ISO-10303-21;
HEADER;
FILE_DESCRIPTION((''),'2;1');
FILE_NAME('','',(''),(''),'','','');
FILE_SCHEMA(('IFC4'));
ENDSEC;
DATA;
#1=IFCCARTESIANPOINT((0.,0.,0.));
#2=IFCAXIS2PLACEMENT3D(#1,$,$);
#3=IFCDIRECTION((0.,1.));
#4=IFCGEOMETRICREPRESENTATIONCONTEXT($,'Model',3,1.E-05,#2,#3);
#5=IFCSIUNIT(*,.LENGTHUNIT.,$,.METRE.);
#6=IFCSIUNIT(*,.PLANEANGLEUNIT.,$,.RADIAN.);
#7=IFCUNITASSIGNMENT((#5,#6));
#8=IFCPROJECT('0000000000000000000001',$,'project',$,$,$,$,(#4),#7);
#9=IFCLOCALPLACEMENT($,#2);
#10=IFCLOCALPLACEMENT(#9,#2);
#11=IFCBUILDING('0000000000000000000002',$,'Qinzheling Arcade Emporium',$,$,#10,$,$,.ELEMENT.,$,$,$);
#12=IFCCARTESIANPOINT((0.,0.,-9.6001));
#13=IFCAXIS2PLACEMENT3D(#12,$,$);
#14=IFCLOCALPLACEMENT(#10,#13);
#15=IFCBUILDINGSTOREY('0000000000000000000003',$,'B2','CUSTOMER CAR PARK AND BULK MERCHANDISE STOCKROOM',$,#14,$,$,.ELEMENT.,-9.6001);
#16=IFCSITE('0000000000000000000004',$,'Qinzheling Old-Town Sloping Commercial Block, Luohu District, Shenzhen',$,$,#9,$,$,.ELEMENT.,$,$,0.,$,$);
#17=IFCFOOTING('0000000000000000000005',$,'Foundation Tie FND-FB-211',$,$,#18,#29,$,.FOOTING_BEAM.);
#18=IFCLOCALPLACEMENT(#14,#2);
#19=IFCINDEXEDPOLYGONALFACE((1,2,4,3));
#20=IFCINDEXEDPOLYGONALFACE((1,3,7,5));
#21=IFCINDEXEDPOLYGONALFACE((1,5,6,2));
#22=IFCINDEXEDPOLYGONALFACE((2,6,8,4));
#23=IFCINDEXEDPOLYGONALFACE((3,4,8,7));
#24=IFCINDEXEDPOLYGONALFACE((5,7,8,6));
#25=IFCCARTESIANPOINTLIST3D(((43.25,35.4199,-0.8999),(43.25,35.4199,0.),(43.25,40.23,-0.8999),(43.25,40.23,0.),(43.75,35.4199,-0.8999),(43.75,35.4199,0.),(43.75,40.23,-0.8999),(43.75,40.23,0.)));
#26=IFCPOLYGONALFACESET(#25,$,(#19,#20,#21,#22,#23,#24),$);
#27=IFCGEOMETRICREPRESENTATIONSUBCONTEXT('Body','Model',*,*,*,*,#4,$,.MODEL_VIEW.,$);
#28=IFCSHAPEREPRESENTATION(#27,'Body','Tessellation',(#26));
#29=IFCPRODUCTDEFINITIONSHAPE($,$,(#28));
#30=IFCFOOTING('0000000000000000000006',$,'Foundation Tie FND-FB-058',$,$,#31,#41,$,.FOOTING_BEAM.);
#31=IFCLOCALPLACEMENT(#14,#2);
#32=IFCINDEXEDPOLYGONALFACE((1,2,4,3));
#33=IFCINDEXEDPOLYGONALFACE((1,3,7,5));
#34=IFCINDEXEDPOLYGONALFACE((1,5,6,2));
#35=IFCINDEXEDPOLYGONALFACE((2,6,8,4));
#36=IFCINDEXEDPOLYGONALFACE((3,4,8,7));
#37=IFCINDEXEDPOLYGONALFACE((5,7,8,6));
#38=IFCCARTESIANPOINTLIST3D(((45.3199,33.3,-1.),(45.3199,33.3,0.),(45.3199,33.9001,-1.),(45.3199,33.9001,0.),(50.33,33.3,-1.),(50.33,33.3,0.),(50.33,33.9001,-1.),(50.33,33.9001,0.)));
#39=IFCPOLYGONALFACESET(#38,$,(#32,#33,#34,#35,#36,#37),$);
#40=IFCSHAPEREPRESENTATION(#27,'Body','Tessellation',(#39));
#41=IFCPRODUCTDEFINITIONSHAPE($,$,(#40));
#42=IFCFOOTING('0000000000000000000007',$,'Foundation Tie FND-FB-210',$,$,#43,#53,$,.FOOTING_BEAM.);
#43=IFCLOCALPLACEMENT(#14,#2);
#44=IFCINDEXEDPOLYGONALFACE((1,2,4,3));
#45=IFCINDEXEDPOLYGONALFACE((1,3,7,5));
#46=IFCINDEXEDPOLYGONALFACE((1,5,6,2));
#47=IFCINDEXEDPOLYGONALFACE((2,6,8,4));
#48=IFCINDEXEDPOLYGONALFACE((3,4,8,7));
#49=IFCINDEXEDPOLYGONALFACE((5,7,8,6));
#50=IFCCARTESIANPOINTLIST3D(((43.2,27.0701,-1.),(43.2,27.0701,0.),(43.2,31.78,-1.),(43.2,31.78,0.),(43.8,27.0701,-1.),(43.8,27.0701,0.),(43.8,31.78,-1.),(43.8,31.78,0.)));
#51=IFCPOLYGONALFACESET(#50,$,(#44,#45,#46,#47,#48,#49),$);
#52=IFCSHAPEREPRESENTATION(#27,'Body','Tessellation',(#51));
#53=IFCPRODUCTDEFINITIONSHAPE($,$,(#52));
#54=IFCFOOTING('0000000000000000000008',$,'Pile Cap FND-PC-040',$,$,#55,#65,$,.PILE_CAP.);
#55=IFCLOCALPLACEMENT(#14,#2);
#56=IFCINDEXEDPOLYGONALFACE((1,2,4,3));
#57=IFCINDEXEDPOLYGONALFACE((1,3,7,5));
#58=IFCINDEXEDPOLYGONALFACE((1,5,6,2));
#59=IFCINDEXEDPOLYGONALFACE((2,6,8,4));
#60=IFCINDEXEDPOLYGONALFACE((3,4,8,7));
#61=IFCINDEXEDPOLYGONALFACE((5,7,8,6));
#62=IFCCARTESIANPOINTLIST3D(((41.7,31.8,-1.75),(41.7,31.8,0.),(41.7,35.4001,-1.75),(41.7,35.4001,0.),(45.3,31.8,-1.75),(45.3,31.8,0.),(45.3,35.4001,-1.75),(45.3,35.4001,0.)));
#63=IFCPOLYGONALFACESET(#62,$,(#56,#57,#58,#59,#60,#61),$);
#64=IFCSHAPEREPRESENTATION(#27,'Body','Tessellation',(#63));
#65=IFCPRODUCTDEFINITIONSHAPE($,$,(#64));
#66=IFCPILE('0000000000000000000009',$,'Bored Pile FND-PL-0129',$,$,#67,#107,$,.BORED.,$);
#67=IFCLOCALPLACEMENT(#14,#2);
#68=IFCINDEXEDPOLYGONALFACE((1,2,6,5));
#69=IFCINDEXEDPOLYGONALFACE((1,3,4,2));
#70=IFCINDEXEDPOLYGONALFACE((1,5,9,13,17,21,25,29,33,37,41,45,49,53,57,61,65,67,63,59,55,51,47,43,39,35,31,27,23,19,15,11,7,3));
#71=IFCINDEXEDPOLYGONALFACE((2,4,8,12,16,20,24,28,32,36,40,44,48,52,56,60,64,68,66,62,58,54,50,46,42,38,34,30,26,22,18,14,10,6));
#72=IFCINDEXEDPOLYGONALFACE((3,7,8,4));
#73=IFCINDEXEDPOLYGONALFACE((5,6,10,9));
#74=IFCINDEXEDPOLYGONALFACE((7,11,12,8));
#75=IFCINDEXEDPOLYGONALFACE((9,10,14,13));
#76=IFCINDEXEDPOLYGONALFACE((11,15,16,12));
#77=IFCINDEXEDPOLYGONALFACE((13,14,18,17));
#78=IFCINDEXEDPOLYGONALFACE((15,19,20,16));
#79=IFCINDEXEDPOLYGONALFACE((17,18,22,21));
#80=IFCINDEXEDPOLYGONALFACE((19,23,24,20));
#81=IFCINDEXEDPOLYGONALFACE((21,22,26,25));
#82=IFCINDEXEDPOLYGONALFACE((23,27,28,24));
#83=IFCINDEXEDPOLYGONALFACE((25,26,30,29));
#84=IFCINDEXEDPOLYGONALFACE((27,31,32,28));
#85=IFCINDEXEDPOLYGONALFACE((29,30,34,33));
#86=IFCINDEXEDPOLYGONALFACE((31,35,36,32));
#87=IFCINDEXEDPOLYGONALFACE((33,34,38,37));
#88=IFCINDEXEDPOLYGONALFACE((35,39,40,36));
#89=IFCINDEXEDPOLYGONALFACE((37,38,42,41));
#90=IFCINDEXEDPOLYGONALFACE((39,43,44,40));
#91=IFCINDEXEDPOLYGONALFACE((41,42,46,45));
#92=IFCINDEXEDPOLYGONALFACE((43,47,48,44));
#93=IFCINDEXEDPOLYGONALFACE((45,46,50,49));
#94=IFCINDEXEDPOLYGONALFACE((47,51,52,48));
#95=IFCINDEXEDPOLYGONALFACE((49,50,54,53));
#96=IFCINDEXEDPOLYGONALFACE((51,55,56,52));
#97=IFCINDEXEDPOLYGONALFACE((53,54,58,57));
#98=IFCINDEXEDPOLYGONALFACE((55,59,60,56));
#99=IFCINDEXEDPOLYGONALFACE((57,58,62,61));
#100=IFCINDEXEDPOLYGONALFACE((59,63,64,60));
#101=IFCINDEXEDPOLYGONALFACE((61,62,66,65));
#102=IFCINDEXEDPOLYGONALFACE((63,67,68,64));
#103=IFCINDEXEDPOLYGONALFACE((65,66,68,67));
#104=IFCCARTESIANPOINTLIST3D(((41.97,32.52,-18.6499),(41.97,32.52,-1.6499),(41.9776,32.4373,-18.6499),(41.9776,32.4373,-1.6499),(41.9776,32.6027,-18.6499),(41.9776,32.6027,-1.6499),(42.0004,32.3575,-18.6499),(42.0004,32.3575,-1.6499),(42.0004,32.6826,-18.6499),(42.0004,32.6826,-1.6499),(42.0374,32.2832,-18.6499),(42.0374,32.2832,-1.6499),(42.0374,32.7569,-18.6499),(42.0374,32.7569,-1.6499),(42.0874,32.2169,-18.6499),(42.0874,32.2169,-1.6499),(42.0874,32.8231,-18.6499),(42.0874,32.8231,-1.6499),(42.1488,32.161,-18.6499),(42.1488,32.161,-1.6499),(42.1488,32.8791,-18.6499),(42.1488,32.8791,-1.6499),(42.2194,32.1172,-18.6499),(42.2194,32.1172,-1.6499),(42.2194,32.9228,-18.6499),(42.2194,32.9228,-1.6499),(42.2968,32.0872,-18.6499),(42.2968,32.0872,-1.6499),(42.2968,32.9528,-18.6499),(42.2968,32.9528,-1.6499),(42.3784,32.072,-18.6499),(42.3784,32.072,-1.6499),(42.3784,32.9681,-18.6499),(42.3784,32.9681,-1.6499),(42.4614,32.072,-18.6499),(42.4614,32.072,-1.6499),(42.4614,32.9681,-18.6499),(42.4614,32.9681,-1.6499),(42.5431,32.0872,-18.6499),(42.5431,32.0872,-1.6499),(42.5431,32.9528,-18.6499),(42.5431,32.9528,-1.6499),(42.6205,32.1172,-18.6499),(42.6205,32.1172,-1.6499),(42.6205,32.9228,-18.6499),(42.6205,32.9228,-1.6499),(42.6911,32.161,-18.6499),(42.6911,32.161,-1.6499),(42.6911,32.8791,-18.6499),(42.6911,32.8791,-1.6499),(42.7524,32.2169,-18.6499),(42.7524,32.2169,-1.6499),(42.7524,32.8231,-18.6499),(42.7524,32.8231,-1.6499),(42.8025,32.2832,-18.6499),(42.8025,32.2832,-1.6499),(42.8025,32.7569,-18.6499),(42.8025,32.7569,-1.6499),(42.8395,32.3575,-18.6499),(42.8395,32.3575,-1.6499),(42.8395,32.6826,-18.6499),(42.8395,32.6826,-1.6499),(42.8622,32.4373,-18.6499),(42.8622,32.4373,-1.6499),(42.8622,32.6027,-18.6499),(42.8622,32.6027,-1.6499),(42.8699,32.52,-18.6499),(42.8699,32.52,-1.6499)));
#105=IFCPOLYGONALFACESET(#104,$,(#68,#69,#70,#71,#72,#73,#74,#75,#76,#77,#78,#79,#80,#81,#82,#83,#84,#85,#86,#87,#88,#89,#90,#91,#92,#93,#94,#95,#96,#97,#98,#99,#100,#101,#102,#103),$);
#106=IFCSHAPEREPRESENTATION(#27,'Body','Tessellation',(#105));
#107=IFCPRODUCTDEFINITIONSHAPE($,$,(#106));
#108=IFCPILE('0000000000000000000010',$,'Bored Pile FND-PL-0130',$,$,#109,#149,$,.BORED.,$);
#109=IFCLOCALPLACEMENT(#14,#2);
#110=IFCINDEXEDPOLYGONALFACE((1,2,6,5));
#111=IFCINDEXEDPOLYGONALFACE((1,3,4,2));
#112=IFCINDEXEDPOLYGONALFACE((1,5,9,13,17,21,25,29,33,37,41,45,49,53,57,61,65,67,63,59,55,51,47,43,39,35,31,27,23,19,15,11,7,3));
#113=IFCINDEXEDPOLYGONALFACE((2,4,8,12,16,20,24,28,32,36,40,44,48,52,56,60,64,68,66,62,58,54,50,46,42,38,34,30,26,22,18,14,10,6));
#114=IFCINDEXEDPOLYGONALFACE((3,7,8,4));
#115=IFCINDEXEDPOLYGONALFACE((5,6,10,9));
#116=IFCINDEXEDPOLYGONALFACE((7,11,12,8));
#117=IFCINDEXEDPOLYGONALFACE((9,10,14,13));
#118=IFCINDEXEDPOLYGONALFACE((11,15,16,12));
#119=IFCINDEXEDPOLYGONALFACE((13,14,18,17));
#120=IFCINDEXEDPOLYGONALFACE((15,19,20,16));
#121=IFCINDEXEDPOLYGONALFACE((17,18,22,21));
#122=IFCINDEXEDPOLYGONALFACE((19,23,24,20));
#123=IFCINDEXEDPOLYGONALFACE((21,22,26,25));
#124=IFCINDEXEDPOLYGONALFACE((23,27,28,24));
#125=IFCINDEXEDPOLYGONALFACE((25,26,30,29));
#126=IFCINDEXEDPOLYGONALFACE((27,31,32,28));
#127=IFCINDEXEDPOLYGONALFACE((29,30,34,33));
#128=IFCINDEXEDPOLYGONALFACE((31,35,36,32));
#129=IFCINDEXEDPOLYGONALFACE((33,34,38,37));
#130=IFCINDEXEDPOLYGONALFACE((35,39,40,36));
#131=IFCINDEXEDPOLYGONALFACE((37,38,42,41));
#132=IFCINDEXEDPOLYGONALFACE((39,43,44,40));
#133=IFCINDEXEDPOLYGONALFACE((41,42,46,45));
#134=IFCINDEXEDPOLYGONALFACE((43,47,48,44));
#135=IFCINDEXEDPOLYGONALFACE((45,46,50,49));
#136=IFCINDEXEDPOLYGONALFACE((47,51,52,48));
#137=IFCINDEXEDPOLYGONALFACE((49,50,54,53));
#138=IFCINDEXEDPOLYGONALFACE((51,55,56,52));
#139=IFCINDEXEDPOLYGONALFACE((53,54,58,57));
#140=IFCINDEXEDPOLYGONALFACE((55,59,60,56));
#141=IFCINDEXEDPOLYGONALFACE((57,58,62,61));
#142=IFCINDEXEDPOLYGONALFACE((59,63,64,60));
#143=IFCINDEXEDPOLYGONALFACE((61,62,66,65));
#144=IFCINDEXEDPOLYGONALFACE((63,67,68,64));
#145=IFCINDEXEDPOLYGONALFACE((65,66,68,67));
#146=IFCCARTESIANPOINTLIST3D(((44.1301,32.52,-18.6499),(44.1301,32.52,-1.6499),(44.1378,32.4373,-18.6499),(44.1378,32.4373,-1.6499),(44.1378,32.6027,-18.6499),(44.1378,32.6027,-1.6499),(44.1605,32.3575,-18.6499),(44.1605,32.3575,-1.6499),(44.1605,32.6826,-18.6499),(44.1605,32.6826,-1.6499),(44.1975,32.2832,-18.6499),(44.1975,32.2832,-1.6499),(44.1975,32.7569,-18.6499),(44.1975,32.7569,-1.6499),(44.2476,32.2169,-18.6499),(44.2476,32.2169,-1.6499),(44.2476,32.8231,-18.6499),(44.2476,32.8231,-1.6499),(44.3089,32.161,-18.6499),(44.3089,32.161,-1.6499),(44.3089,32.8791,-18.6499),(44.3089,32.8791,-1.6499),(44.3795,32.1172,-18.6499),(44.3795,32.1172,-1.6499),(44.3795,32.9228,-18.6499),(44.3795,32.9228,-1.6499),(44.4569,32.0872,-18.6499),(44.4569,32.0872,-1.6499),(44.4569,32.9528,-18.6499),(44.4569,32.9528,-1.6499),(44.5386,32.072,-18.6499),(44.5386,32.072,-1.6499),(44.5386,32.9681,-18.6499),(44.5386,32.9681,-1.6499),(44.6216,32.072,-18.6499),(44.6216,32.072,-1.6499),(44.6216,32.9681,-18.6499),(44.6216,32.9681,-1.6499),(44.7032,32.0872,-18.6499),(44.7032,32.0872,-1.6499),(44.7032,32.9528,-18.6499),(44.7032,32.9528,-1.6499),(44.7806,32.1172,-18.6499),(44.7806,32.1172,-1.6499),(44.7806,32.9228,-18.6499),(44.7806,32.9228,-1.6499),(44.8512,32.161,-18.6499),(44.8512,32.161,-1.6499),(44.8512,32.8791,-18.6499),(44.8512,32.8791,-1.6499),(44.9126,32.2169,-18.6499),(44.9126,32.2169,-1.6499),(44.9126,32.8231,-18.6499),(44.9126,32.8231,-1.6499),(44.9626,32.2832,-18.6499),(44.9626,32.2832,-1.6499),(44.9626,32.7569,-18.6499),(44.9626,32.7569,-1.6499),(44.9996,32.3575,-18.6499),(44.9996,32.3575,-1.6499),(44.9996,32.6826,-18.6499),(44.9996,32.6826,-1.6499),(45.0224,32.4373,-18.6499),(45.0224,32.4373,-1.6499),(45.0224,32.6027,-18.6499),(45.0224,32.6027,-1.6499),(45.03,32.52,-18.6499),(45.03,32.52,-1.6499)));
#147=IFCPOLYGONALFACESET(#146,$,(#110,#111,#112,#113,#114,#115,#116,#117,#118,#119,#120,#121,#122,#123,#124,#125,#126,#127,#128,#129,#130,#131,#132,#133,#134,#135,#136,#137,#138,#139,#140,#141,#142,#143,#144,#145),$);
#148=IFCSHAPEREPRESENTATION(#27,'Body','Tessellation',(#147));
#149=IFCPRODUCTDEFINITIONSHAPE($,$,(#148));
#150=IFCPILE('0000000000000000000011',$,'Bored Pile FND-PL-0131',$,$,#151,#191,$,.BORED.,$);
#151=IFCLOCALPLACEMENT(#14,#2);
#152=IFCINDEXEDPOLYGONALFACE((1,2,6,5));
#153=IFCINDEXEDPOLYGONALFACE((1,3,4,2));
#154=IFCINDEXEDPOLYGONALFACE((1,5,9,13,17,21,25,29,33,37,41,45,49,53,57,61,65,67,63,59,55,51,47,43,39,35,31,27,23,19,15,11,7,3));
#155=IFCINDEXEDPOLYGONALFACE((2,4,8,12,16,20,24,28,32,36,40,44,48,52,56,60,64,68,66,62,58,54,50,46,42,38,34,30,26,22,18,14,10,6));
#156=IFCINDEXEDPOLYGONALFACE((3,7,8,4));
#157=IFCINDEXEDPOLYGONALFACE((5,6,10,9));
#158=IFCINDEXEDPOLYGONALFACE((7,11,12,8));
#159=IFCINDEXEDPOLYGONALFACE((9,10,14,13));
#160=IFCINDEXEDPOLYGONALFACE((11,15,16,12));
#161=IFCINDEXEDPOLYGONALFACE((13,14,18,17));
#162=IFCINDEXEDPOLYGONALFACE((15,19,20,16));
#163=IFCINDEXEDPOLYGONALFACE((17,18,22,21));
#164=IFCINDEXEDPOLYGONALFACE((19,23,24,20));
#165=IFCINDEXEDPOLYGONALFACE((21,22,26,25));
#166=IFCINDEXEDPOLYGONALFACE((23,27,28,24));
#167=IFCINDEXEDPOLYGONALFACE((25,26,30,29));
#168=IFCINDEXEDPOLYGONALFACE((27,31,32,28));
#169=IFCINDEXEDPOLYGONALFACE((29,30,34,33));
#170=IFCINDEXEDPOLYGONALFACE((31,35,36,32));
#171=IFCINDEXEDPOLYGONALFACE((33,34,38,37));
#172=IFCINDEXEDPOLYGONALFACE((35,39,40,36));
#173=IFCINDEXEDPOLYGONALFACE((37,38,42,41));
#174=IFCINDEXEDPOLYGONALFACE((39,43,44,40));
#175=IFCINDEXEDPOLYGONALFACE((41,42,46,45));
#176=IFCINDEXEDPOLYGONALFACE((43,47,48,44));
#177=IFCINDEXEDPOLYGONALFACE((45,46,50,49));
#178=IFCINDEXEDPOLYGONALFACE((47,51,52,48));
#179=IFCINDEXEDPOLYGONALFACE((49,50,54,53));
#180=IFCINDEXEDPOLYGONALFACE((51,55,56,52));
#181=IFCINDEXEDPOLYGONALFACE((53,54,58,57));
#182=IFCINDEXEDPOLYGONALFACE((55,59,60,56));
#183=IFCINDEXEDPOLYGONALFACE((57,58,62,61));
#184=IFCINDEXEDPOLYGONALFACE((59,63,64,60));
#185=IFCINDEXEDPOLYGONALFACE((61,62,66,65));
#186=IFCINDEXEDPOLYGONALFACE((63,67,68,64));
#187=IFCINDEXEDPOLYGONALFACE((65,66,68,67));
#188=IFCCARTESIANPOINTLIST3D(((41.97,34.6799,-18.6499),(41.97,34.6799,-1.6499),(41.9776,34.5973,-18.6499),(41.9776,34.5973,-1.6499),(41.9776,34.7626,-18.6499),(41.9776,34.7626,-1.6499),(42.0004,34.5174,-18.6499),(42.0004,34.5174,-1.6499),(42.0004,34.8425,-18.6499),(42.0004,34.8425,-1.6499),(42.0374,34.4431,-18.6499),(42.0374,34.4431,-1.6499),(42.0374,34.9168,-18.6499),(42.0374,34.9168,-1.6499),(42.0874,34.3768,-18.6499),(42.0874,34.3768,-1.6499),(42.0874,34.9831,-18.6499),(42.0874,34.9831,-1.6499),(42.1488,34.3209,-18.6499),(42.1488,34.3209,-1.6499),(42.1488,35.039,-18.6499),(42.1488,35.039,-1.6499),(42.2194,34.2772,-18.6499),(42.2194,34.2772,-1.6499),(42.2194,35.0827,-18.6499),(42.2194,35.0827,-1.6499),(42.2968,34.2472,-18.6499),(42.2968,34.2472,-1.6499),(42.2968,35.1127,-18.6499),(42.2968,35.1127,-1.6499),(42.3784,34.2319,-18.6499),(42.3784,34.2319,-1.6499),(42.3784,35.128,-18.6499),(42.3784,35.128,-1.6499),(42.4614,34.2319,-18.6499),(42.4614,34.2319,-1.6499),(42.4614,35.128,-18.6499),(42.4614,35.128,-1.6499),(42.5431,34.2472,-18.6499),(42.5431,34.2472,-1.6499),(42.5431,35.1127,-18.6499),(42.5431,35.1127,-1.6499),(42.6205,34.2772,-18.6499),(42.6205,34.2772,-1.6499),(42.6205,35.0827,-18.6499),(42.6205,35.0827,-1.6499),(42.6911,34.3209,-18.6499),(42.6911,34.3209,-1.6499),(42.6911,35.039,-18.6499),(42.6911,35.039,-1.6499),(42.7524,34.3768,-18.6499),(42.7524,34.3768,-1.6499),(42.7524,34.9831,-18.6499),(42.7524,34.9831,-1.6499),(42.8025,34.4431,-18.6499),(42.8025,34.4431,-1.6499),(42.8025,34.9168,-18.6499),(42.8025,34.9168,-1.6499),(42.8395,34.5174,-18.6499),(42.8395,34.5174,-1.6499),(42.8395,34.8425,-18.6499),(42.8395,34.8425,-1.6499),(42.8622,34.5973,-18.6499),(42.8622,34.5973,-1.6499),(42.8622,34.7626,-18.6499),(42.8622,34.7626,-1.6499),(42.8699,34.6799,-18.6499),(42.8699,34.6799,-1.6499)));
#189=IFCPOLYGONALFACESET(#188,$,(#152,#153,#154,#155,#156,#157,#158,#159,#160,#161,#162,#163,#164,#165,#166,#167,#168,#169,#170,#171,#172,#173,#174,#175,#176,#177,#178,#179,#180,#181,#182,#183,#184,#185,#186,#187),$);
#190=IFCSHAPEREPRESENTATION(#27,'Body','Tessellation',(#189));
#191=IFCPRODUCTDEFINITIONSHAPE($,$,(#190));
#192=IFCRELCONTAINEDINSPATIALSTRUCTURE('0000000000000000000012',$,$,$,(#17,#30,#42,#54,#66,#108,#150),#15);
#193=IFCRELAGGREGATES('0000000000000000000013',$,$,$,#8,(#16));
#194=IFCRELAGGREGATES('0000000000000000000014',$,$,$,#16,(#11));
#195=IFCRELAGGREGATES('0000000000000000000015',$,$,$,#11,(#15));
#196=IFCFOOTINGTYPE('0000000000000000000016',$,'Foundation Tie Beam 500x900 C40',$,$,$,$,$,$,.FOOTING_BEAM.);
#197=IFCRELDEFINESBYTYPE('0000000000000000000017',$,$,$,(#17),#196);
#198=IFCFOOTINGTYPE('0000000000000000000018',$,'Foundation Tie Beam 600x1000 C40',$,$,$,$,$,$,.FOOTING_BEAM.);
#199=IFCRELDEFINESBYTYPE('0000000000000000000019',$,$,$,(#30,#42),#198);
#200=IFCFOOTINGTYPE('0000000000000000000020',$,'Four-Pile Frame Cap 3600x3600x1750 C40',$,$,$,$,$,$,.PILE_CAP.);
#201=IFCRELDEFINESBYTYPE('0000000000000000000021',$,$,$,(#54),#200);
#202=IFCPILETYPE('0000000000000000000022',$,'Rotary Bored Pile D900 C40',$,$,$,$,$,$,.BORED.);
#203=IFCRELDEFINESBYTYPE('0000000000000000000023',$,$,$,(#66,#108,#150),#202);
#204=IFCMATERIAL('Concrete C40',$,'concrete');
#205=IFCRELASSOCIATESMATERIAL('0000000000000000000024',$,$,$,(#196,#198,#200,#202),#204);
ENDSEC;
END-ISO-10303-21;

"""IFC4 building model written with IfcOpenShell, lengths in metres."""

from ifc_helpers import new_model, si_unit, direction, frame, origin, origin_2d, place, context, subcontext, project, spatial, rectangle, circle, extrude, material, material_profile, profile_set, type_object, element, save


model = new_model("IFC4")

# Units and contexts
model_context = context("Model", 3, precision=1e-05, world=origin(), true_north=direction((0.0, 1.0)))
body_context = subcontext(model_context, "Body", "Model", "MODEL_VIEW")
ifc_project = project(units=[si_unit("LENGTHUNIT", "METRE"), si_unit("PLANEANGLEUNIT", "RADIAN")], contexts=[model_context])

# Site, building, storey
site_placement = place(None, origin())
site = spatial("IfcSite", under=ifc_project, at=site_placement, Name="Qinzheling Old-Town Sloping Commercial Block, Luohu District, Shenzhen", CompositionType="ELEMENT", RefElevation=0.0)
building_placement = place(site_placement, origin())
building = spatial("IfcBuilding", under=site, at=building_placement, Name="Qinzheling Arcade Emporium", CompositionType="ELEMENT")
storey_placement = place(building_placement, frame((0.0, 0.0, -9.6001)))
storey = spatial("IfcBuildingStorey", under=building, at=storey_placement, Name="B2", Description="CUSTOMER CAR PARK AND BULK MERCHANDISE STOCKROOM", CompositionType="ELEMENT", Elevation=-9.6001)

# Footings
ifc_material_1 = material(Name="Concrete C40", Category="concrete")
footing_type_1 = type_object("IfcFootingType", Name="Foundation Tie Beam 500x900 C40", PredefinedType="FOOTING_BEAM", material=ifc_material_1)
footing_1_placement = place(storey_placement, frame((43.5, 37.825, -0.8999), z_axis=(0.0, 0.0, 1.0), x_axis=(1.0, 0.0, 0.0)))
element("IfcFooting", 1, at=footing_1_placement, inside=storey, type_object=footing_type_1, Name="Foundation Tie FND-FB-211", PredefinedType="FOOTING_BEAM", context=body_context, shape_type="SweptSolid", body=[
    extrude(rectangle(XDim=0.5, YDim=4.8101, at=origin_2d()), origin(), (0.0, 0.0, 1.0), 0.8999),
])
footing_type_2 = type_object("IfcFootingType", Name="Foundation Tie Beam 600x1000 C40", PredefinedType="FOOTING_BEAM", material=ifc_material_1)
footing_2_placement = place(storey_placement, frame((47.825, 33.6001, -1.0), z_axis=(0.0, 0.0, 1.0), x_axis=(1.0, 0.0, 0.0)))
element("IfcFooting", 2, at=footing_2_placement, inside=storey, type_object=footing_type_2, Name="Foundation Tie FND-FB-058", PredefinedType="FOOTING_BEAM", context=body_context, shape_type="SweptSolid", body=[
    extrude(rectangle(XDim=5.01, YDim=0.6001, at=origin_2d()), origin(), (0.0, 0.0, 1.0), 1.0),
])
footing_3_placement = place(storey_placement, frame((43.5, 29.425, -1.0), z_axis=(0.0, 0.0, 1.0), x_axis=(1.0, 0.0, 0.0)))
element("IfcFooting", 3, at=footing_3_placement, inside=storey, type_object=footing_type_2, Name="Foundation Tie FND-FB-210", PredefinedType="FOOTING_BEAM", context=body_context, shape_type="SweptSolid", body=[
    extrude(rectangle(XDim=0.6001, YDim=4.71, at=origin_2d()), origin(), (0.0, 0.0, 1.0), 1.0),
])
footing_type_3 = type_object("IfcFootingType", Name="Four-Pile Frame Cap 3600x3600x1750 C40", PredefinedType="PILE_CAP", material=ifc_material_1)
footing_4_placement = place(storey_placement, frame((43.5, 33.6001, -1.75), z_axis=(0.0, 0.0, 1.0), x_axis=(1.0, 0.0, 0.0)))
element("IfcFooting", 4, at=footing_4_placement, inside=storey, type_object=footing_type_3, Name="Pile Cap FND-PC-040", PredefinedType="PILE_CAP", context=body_context, shape_type="SweptSolid", body=[
    extrude(rectangle(XDim=3.6001, YDim=3.6001, at=origin_2d()), origin(), (0.0, 0.0, 1.0), 1.75),
])

# Piles
ifc_material_profile_1 = material_profile(ifc_material_1, circle(Radius=0.45, at=origin_2d()), Name="BORED D900", Category="concrete")
ifc_profile_set_1 = profile_set([ifc_material_profile_1], Name="Concrete C40")
pile_type = type_object("IfcPileType", Name="Rotary Bored Pile D900 C40", PredefinedType="BORED", material=ifc_profile_set_1)
for number, where, z_axis, x_axis, name in (
    (5, (42.4199, 32.52, -1.6499), (0.0, 0.0, -1.0), (1.0, 0.0, 0.0), "Bored Pile FND-PL-0129"),
    (6, (44.5801, 32.52, -1.6499), (0.0, 0.0, -1.0), (1.0, 0.0, 0.0), "Bored Pile FND-PL-0130"),
    (7, (42.4199, 34.6799, -1.6499), (0.0, 0.0, -1.0), (1.0, 0.0, 0.0), "Bored Pile FND-PL-0131"),
):
    element("IfcPile", number, at=place(storey_placement, frame(where, z_axis=z_axis, x_axis=x_axis)), inside=storey, type_object=pile_type, Name=name, PredefinedType="BORED", context=body_context, shape_type="SweptSolid", body=[
        extrude(circle(Radius=0.45, at=origin_2d()), origin(), (0.0, 0.0, 1.0), 17.0),
    ])

save(model, "model.ifc")
